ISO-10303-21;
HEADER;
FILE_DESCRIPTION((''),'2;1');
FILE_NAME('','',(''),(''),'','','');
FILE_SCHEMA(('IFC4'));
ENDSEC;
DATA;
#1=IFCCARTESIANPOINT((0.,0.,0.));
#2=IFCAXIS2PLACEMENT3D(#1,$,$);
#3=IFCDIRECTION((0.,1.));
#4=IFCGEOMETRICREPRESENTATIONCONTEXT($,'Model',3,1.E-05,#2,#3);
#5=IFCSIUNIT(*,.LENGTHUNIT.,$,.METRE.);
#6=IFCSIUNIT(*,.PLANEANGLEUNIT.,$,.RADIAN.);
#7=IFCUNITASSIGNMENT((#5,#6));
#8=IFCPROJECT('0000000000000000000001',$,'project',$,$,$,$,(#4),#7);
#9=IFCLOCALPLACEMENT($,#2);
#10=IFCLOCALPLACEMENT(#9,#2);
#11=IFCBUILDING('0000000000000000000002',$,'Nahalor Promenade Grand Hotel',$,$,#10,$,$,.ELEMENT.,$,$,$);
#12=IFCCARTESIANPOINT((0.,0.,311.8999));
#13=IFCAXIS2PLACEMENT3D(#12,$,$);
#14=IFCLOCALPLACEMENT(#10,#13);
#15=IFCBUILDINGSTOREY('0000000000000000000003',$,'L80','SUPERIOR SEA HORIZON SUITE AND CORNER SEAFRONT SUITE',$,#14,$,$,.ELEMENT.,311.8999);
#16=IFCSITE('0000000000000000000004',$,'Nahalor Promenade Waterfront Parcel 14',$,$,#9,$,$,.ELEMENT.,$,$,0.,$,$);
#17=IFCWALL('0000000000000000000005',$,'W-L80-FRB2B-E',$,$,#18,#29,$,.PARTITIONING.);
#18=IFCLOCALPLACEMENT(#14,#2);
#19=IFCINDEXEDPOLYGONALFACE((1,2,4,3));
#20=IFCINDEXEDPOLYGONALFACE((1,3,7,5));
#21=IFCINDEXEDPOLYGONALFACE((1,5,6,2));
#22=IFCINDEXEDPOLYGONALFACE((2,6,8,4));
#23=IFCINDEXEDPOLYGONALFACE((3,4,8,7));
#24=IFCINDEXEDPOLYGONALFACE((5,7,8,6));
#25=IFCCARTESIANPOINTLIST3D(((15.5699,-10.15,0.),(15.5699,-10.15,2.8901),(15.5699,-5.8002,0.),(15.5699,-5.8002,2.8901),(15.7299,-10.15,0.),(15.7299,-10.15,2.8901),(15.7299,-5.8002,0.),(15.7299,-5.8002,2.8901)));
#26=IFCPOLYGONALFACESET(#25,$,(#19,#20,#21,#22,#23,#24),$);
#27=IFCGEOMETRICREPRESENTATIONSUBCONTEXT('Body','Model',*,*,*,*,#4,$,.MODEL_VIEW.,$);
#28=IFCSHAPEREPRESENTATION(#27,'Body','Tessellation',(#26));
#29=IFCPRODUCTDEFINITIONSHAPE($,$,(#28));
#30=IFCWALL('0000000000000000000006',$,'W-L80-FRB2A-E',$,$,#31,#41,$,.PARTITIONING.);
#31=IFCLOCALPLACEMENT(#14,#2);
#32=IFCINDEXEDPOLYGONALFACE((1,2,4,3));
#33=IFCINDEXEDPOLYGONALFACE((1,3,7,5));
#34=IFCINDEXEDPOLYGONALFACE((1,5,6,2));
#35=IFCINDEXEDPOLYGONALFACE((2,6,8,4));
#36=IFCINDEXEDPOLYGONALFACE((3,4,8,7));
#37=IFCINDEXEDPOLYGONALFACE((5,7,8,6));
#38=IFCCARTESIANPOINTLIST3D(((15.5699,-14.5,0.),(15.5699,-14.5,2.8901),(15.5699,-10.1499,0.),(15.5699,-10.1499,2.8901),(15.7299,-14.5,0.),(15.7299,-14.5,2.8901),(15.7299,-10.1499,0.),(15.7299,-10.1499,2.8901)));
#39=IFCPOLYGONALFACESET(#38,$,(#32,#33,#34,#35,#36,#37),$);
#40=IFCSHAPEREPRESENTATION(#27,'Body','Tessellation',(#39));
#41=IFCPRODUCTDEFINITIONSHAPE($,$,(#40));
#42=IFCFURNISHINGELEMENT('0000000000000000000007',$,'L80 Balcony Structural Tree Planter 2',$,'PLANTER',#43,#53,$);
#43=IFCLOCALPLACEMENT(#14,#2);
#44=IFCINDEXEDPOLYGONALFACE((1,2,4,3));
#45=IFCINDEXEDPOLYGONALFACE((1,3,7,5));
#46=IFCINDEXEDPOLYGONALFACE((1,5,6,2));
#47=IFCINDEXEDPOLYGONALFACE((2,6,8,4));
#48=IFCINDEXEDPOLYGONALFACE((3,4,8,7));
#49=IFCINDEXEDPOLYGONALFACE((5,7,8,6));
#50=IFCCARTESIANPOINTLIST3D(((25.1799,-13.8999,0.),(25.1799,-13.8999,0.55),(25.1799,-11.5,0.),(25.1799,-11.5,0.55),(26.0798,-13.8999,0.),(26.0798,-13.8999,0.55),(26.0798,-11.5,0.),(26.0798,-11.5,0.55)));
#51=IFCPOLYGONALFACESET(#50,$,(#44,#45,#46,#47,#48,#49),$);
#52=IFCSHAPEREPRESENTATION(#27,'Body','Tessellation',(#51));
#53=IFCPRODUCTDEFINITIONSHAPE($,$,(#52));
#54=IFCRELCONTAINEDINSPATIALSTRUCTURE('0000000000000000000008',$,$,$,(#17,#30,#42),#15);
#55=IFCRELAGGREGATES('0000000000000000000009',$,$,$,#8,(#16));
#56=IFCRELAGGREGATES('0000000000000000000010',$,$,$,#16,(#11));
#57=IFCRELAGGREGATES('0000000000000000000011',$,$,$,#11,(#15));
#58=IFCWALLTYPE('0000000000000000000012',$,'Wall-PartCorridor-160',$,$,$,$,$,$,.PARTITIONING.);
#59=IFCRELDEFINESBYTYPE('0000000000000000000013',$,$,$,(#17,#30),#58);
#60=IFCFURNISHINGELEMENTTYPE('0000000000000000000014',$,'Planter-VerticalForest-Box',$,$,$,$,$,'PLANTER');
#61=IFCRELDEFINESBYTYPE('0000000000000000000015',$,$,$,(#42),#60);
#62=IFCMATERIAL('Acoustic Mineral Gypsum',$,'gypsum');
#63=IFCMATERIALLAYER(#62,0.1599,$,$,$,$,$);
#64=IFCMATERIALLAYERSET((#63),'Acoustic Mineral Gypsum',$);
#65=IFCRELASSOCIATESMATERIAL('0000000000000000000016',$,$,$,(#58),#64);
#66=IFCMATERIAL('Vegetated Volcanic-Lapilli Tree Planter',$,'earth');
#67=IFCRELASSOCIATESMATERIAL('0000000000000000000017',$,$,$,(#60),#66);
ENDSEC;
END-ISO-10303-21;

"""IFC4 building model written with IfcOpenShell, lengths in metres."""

from ifc_helpers import new_model, si_unit, direction, frame, frame_2d, origin, origin_2d, place, context, subcontext, project, spatial, rectangle, extrude, source, transform, mapped, material, layer, layer_set, type_object, element, save


model = new_model("IFC4")

# Units and contexts
model_context = context("Model", 3, precision=1e-05, world=origin(), true_north=direction((0.0, 1.0)))
body_context = subcontext(model_context, "Body", "Model", "MODEL_VIEW")
ifc_project = project(units=[si_unit("LENGTHUNIT", "METRE"), si_unit("PLANEANGLEUNIT", "RADIAN")], contexts=[model_context])

# Site, building, storey
site_placement = place(None, origin())
site = spatial("IfcSite", under=ifc_project, at=site_placement, Name="Nahalor Promenade Waterfront Parcel 14", CompositionType="ELEMENT", RefElevation=0.0)
building_placement = place(site_placement, origin())
building = spatial("IfcBuilding", under=site, at=building_placement, Name="Nahalor Promenade Grand Hotel", CompositionType="ELEMENT")
storey_placement = place(building_placement, frame((0.0, 0.0, 311.8999)))
storey = spatial("IfcBuildingStorey", under=building, at=storey_placement, Name="L80", Description="SUPERIOR SEA HORIZON SUITE AND CORNER SEAFRONT SUITE", CompositionType="ELEMENT", Elevation=311.8999)

# Shared definitions
ifc_material_1 = material(Name="Acoustic Mineral Gypsum", Category="gypsum")
ifc_layer_1 = layer(ifc_material_1, 0.1599)
ifc_layer_set_1 = layer_set([ifc_layer_1], Name="Acoustic Mineral Gypsum")
wall_type_1 = type_object("IfcWallType", Name="Wall-PartCorridor-160", PredefinedType="PARTITIONING", material=ifc_layer_set_1)

# Shared definitions
shared_shape_1 = source(origin(), body_context, "Body", "SweptSolid", [
    extrude(rectangle(XDim=4.3499, YDim=0.1599, at=frame_2d((2.1748, 0.0))), origin(), (0.0, 0.0, 1.0), 2.8901),
])

# Walls
wall_1_placement = place(storey_placement, frame((15.6499, -10.1499, 0.0), z_axis=(0.0, 0.0, 1.0), x_axis=(0.0, 1.0, 0.0)))
element("IfcWall", 1, at=wall_1_placement, inside=storey, type_object=wall_type_1, Name="W-L80-FRB2B-E", PredefinedType="PARTITIONING", context=body_context, shape_type="MappedRepresentation", body=[
    mapped(shared_shape_1, transform((0.0, 0.0, 0.0), scale=1.0)),
])
shared_shape_2 = source(origin(), body_context, "Body", "SweptSolid", [
    extrude(rectangle(XDim=4.3501, YDim=0.1599, at=frame_2d((2.175, 0.0))), origin(), (0.0, 0.0, 1.0), 2.8901),
])
wall_2_placement = place(storey_placement, frame((15.6499, -14.5, 0.0), z_axis=(0.0, 0.0, 1.0), x_axis=(0.0, 1.0, 0.0)))
element("IfcWall", 2, at=wall_2_placement, inside=storey, type_object=wall_type_1, Name="W-L80-FRB2A-E", PredefinedType="PARTITIONING", context=body_context, shape_type="MappedRepresentation", body=[
    mapped(shared_shape_2, transform((0.0, 0.0, 0.0), scale=1.0)),
])

# Furnishing element
ifc_material_2 = material(Name="Vegetated Volcanic-Lapilli Tree Planter", Category="earth")
furnishing_element_type = type_object("IfcFurnishingElementType", Name="Planter-VerticalForest-Box", ElementType="PLANTER", material=ifc_material_2)
shared_shape_3 = source(origin(), body_context, "Body", "SweptSolid", [
    extrude(rectangle(XDim=2.3999, YDim=0.8999, at=origin_2d()), origin(), (0.0, 0.0, 1.0), 0.55),
])
furnishing_placement = place(storey_placement, frame((25.6299, -12.7, 0.0), z_axis=(0.0, 0.0, 1.0), x_axis=(0.0, 1.0, 0.0)))
element("IfcFurnishingElement", 3, at=furnishing_placement, inside=storey, type_object=furnishing_element_type, Name="L80 Balcony Structural Tree Planter 2", ObjectType="PLANTER", context=body_context, shape_type="MappedRepresentation", body=[
    mapped(shared_shape_3, transform((0.0, 0.0, 0.0), scale=1.0)),
])

save(model, "model.ifc")
